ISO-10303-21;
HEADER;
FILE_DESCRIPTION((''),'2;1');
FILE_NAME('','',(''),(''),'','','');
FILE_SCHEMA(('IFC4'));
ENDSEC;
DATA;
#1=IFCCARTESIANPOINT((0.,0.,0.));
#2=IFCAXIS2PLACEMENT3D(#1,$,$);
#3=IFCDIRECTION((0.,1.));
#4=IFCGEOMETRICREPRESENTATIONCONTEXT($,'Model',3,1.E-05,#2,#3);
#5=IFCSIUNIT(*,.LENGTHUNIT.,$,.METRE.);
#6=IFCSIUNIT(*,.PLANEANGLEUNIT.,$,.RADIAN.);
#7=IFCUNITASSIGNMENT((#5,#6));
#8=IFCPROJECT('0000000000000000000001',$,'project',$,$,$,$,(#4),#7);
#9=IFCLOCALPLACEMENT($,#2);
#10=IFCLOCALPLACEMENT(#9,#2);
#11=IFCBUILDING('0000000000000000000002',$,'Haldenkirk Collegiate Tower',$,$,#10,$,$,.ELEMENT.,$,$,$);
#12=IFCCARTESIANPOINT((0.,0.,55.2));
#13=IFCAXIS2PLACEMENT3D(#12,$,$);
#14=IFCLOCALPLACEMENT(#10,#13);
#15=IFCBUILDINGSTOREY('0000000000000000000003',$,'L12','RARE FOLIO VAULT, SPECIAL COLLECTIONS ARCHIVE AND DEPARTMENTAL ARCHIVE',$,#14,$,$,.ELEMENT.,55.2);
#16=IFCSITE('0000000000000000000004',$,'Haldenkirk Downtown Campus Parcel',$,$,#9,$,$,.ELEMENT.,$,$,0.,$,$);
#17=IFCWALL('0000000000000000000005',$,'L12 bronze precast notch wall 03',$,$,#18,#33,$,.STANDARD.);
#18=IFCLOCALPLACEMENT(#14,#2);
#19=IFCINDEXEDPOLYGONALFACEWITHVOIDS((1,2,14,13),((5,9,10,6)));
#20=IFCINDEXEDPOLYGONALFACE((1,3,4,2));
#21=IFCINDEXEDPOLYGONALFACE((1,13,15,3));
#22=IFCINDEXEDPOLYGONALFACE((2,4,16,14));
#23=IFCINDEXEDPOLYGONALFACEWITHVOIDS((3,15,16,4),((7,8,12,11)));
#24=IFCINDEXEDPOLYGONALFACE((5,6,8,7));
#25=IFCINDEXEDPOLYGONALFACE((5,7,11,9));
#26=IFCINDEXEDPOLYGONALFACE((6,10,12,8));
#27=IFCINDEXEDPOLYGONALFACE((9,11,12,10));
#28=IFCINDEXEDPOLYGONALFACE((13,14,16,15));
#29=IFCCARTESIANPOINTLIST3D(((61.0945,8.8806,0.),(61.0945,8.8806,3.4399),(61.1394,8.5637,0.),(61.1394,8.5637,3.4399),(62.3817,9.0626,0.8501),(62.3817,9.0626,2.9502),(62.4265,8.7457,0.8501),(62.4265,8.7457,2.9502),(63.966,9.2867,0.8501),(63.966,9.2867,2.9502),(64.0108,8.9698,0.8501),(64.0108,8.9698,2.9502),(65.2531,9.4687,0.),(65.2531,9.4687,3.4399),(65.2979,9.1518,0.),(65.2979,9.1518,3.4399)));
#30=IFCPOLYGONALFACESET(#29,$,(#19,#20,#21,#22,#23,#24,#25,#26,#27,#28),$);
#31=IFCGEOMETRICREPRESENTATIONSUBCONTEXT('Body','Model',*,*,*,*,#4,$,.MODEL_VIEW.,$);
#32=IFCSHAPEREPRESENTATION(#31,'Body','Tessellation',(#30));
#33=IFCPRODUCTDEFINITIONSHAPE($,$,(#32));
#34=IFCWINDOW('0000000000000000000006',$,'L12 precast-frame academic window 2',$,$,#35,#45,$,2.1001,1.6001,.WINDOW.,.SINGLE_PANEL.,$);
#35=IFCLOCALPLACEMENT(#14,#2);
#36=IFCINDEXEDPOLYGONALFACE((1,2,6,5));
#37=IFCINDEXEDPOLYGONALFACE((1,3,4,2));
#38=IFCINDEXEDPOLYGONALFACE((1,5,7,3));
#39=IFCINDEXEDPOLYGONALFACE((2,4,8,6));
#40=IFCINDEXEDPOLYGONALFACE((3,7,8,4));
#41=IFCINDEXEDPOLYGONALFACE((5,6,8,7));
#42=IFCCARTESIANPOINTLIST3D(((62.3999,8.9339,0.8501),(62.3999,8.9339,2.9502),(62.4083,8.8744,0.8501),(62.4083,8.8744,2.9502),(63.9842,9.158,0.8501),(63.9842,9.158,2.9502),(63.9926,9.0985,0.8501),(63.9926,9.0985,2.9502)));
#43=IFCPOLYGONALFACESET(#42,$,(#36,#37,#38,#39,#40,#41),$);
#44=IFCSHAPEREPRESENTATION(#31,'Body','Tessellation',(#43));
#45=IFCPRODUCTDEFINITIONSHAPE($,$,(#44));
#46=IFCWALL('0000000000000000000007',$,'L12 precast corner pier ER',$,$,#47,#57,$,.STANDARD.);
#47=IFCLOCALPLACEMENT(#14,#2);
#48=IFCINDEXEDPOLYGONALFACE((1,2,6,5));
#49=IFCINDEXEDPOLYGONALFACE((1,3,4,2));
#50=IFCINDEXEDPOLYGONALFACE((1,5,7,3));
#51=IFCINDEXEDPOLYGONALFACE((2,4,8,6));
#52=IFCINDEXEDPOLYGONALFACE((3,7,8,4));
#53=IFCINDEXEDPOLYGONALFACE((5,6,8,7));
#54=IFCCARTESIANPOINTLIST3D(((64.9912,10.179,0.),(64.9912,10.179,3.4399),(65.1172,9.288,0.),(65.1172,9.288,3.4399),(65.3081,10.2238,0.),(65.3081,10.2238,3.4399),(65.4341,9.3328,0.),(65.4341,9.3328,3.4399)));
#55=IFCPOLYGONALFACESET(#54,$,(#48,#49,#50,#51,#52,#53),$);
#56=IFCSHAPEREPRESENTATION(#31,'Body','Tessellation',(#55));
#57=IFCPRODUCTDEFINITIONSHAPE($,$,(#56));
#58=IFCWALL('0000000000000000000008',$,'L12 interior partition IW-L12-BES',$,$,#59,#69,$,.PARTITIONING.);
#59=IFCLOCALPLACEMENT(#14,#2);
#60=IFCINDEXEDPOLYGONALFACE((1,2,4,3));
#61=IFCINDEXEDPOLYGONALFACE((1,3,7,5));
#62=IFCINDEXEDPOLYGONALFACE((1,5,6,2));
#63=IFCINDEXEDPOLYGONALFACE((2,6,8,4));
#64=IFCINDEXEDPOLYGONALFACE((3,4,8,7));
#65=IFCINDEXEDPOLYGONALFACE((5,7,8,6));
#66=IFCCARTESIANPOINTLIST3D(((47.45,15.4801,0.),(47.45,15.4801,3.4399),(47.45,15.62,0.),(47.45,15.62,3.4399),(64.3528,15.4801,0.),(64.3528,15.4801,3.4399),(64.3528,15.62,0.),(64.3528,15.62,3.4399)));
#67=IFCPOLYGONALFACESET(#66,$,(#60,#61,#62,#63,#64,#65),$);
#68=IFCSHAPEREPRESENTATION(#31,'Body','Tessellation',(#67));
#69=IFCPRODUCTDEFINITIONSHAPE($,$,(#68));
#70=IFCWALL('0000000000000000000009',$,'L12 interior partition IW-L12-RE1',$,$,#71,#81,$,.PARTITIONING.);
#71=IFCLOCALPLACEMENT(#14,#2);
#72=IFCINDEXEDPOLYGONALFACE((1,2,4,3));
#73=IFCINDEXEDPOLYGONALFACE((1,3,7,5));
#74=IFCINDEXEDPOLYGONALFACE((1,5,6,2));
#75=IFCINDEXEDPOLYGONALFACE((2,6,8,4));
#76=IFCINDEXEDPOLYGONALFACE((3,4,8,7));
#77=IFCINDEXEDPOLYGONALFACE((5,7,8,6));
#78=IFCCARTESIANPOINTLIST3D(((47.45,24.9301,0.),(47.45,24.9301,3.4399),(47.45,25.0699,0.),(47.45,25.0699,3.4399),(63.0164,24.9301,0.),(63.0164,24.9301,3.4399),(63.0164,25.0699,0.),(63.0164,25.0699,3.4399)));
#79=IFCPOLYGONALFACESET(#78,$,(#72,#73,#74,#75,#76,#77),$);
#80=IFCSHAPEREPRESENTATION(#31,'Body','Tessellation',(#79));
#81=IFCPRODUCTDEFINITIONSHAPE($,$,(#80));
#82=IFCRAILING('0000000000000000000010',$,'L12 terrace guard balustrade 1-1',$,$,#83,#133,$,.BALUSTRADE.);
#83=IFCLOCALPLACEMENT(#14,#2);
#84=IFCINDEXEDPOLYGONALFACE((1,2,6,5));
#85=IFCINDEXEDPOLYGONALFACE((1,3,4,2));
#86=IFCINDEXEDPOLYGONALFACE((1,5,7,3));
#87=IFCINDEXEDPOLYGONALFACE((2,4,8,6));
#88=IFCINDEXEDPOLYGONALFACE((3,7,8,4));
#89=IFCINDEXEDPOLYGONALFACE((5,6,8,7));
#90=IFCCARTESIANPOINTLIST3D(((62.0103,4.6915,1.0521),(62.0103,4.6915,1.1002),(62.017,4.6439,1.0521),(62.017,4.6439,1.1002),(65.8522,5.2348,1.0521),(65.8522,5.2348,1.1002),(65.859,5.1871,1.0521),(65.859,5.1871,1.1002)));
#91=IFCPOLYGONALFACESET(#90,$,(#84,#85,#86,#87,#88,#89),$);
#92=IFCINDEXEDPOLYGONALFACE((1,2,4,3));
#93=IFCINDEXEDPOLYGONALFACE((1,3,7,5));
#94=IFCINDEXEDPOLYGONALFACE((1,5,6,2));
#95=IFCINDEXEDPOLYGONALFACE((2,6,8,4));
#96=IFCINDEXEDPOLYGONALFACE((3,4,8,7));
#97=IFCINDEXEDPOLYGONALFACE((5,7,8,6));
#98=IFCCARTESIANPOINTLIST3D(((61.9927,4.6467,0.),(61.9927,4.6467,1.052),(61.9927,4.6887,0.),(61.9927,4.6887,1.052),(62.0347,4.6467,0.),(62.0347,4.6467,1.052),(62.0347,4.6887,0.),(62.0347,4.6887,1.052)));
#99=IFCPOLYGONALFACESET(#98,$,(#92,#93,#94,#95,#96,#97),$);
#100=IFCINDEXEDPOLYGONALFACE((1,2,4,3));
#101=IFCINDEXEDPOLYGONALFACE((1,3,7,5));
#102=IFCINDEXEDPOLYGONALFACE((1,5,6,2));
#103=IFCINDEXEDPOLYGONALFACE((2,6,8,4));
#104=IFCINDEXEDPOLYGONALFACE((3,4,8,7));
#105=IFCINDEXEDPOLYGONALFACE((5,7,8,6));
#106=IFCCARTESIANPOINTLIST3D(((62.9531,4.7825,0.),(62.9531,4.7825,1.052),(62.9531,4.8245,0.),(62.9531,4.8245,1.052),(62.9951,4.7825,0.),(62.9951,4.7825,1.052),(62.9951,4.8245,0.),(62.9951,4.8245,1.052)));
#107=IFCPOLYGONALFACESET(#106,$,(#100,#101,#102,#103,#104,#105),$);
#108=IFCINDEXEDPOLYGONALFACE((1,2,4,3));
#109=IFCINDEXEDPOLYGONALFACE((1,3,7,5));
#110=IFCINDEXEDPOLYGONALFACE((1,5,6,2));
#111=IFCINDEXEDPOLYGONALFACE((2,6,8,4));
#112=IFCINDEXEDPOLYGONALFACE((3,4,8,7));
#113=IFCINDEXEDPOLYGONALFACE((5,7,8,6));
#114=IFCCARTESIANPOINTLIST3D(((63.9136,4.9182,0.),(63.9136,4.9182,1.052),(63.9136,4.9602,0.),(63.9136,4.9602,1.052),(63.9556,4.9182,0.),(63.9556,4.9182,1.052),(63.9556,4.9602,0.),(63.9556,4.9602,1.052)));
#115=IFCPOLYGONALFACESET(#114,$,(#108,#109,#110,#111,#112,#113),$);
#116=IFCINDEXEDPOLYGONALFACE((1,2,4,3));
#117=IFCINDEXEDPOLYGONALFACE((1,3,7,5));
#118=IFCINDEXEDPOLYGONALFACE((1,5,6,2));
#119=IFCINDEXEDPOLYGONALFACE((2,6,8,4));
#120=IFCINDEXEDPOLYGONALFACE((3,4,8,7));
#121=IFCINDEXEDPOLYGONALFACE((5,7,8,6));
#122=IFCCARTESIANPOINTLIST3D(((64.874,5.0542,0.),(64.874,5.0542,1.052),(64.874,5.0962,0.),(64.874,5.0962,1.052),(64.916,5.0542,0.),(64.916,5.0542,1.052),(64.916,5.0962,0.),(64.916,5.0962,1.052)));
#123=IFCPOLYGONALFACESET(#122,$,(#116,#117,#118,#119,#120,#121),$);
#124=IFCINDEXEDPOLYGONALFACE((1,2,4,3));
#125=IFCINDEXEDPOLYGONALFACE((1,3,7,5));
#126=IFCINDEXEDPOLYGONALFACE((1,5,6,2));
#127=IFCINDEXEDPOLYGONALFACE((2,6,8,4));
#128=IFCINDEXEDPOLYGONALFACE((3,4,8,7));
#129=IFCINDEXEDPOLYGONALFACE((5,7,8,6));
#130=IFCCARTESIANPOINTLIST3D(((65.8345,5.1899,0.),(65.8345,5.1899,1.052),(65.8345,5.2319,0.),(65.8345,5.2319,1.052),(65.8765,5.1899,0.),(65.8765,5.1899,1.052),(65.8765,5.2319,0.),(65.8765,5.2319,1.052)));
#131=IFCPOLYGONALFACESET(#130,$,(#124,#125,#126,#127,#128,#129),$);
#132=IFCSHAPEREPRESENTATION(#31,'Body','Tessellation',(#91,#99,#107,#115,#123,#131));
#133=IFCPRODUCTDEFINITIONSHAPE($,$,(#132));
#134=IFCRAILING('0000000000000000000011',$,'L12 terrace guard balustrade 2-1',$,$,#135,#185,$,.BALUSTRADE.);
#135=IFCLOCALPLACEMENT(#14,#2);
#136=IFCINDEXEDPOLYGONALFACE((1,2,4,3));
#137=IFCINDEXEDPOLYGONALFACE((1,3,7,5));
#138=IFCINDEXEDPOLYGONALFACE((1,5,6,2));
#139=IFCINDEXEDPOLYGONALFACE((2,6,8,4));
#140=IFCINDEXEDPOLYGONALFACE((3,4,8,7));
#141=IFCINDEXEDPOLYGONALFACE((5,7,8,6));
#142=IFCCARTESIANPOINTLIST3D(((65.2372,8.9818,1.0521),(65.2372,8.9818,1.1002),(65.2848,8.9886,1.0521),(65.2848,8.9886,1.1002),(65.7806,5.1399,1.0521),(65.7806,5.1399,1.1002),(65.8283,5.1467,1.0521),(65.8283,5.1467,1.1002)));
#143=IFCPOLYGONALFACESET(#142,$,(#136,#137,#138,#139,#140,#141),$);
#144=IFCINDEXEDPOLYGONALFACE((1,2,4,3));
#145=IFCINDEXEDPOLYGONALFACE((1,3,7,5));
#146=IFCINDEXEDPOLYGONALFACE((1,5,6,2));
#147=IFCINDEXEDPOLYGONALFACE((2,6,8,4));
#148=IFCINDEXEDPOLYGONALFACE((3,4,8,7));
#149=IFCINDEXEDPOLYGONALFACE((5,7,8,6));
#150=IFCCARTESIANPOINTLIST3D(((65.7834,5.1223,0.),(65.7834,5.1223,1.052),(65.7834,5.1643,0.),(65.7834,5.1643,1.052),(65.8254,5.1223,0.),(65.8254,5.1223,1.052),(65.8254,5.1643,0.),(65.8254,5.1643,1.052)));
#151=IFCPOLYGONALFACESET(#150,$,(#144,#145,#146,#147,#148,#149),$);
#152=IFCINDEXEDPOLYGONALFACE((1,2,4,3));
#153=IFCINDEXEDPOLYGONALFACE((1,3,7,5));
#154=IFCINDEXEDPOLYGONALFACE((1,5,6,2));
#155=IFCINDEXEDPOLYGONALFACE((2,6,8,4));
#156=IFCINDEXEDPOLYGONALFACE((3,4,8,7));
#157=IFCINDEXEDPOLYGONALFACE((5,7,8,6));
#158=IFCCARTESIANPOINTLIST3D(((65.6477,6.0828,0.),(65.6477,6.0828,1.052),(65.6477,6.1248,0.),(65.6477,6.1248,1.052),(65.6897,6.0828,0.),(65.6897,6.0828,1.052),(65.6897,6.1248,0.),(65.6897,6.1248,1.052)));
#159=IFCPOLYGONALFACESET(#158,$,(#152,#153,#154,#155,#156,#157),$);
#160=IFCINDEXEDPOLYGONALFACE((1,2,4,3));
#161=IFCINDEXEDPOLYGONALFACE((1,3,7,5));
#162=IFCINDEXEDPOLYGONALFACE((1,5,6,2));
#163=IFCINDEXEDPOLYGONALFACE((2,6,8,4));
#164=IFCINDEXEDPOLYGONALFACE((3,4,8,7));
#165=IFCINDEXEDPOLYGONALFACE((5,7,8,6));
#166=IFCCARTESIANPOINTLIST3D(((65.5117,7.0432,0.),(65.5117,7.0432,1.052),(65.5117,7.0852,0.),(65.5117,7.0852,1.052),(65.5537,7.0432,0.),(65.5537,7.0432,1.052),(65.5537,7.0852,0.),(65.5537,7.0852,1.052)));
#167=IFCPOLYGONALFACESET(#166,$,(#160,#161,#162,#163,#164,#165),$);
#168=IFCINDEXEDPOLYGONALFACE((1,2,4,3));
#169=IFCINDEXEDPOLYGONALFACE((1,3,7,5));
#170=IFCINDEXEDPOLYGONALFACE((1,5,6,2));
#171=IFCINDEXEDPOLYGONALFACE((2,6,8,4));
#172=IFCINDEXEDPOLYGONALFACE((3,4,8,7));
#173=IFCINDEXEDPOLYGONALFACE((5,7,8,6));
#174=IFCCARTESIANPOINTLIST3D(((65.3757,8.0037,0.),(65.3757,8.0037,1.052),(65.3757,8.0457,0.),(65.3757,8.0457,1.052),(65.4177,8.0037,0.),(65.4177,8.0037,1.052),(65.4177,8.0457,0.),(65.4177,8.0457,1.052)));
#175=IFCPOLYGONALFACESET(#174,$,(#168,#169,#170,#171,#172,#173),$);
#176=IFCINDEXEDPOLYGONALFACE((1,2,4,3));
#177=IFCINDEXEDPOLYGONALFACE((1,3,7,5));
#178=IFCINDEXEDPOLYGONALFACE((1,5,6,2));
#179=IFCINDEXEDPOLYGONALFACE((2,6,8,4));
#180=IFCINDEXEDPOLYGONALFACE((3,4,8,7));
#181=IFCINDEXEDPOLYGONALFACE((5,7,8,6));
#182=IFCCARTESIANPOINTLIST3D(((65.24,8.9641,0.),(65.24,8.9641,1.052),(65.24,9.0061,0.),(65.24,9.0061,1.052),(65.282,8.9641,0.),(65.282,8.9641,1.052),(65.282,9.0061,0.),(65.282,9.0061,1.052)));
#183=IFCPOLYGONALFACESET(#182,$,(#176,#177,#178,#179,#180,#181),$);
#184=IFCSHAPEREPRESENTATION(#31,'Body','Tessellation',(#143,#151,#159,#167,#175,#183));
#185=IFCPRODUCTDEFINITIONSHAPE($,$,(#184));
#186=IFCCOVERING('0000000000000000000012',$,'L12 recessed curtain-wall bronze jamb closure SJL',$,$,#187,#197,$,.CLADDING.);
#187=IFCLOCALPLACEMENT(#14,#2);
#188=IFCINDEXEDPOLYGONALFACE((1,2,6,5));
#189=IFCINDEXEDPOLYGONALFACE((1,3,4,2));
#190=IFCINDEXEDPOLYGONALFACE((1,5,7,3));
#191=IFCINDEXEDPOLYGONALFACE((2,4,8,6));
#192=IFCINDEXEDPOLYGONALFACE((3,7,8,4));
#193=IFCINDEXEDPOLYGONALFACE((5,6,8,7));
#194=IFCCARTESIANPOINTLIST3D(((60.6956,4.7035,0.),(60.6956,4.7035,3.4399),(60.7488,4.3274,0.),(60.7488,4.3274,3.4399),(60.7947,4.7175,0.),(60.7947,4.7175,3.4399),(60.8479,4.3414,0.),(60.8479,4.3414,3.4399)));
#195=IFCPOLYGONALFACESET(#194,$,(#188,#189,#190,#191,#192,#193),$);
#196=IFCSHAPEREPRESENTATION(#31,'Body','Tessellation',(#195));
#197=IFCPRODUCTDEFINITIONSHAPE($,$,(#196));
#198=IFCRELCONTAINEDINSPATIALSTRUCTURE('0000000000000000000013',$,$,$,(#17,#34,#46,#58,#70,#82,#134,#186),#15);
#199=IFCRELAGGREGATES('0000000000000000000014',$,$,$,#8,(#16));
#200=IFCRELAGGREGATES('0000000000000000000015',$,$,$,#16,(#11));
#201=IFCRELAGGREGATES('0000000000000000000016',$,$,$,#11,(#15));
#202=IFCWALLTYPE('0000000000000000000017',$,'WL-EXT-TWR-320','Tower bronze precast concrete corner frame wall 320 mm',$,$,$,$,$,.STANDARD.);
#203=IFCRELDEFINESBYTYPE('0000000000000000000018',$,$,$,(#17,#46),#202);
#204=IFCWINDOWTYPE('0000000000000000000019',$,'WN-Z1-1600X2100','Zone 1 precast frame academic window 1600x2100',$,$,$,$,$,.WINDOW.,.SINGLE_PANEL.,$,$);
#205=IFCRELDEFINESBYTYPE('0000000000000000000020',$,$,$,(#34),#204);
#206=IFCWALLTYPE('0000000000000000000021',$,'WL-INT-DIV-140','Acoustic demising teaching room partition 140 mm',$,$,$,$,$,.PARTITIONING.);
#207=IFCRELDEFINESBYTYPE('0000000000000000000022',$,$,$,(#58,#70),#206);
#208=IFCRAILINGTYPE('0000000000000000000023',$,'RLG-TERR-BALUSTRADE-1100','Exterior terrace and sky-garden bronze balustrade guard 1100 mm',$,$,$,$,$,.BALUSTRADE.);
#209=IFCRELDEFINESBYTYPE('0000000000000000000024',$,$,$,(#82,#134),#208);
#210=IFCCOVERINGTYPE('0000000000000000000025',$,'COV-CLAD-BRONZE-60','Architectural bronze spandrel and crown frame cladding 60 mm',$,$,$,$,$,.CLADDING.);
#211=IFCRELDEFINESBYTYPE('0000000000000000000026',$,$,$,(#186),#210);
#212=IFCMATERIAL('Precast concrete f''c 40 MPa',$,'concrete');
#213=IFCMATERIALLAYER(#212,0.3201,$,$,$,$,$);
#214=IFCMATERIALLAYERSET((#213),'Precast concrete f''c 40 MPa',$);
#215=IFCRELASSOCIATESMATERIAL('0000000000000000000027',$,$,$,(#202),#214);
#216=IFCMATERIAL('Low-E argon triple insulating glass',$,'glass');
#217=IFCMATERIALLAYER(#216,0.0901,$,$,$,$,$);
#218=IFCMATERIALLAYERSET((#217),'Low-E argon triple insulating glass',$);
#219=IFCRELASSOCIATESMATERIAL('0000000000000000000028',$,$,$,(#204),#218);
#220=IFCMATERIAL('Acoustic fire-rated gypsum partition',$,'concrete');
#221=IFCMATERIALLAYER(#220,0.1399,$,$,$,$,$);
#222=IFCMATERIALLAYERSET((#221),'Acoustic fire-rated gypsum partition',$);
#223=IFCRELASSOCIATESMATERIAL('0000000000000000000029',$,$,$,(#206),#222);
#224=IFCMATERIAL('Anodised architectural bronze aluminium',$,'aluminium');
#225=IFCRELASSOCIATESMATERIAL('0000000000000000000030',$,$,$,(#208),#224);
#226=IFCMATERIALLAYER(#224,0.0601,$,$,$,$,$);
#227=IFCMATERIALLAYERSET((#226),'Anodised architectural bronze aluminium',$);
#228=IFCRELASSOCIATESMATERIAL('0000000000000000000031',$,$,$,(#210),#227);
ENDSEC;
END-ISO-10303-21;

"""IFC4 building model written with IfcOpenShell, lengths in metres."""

from ifc_helpers import new_model, si_unit, direction, frame, frame_2d, origin, origin_2d, place, context, subcontext, project, spatial, rectangle, extrude, source, transform, mapped, material, layer, layer_set, type_object, element, fill, save


model = new_model("IFC4")

# Units and contexts
model_context = context("Model", 3, precision=1e-05, world=origin(), true_north=direction((0.0, 1.0)))
body_context = subcontext(model_context, "Body", "Model", "MODEL_VIEW")
ifc_project = project(units=[si_unit("LENGTHUNIT", "METRE"), si_unit("PLANEANGLEUNIT", "RADIAN")], contexts=[model_context])

# Site, building, storey
site_placement = place(None, origin())
site = spatial("IfcSite", under=ifc_project, at=site_placement, Name="Haldenkirk Downtown Campus Parcel", CompositionType="ELEMENT", RefElevation=0.0)
building_placement = place(site_placement, origin())
building = spatial("IfcBuilding", under=site, at=building_placement, Name="Haldenkirk Collegiate Tower", CompositionType="ELEMENT")
storey_placement = place(building_placement, frame((0.0, 0.0, 55.2)))
storey = spatial("IfcBuildingStorey", under=building, at=storey_placement, Name="L12", Description="RARE FOLIO VAULT, SPECIAL COLLECTIONS ARCHIVE AND DEPARTMENTAL ARCHIVE", CompositionType="ELEMENT", Elevation=55.2)

# Shared definitions
ifc_material_1 = material(Name="Anodised architectural bronze aluminium", Category="aluminium")

# Shared definitions
ifc_material_2 = material(Name="Low-E argon triple insulating glass", Category="glass")

# Shared definitions
ifc_material_3 = material(Name="Precast concrete f'c 40 MPa", Category="concrete")
ifc_layer_1 = layer(ifc_material_3, 0.3201)
ifc_layer_set_1 = layer_set([ifc_layer_1], Name="Precast concrete f'c 40 MPa")
wall_type_1 = type_object("IfcWallType", Name="WL-EXT-TWR-320", Description="Tower bronze precast concrete corner frame wall 320 mm", PredefinedType="STANDARD", material=ifc_layer_set_1)

# Wall, opening, window
wall_1_placement = place(storey_placement, frame((65.2756, 9.3103, 0.0), z_axis=(0.0, 0.0, 1.0), x_axis=(-0.990146, -0.140038, 0.0)))
wall_1 = element("IfcWall", 1, at=wall_1_placement, inside=storey, type_object=wall_type_1, Name="L12 bronze precast notch wall 03", PredefinedType="STANDARD", context=body_context, shape_type="SweptSolid", body=[
    extrude(rectangle(XDim=4.2, YDim=0.3201, at=frame_2d((2.1001, 0.0))), origin(), (0.0, 0.0, 1.0), 3.4399),
])
opening_1_placement = place(wall_1_placement, frame((1.3, 0.0, 0.8501)))
opening_1 = element("IfcOpeningElement", 2, at=opening_1_placement, cuts=wall_1, PredefinedType="OPENING", context=body_context, shape_type="SweptSolid", body=[
    extrude(rectangle(XDim=1.6001, YDim=2.1001, at=frame_2d((0.8, 1.05))), frame((0.0, 0.1699, 0.0), z_axis=(0.0, -1.0, 0.0), x_axis=(1.0, 0.0, 0.0)), (0.0, 0.0, 1.0), 0.3401),
])
ifc_layer_2 = layer(ifc_material_2, 0.0901)
ifc_layer_set_2 = layer_set([ifc_layer_2], Name="Low-E argon triple insulating glass")
window_type = type_object("IfcWindowType", Name="WN-Z1-1600X2100", Description="Zone 1 precast frame academic window 1600x2100", PartitioningType="SINGLE_PANEL", PredefinedType="WINDOW", material=ifc_layer_set_2)
window_placement = place(opening_1_placement, origin())
window = element("IfcWindow", 3, at=window_placement, inside=storey, type_object=window_type, Name="L12 precast-frame academic window 2", OverallHeight=2.1001, OverallWidth=1.6001, PartitioningType="SINGLE_PANEL", PredefinedType="WINDOW", context=body_context, shape_type="SweptSolid", body=[
    extrude(rectangle(XDim=1.6001, YDim=2.1001, at=frame_2d((0.8, 1.05))), frame((0.0, 0.03, 0.0), z_axis=(0.0, -1.0, 0.0), x_axis=(1.0, 0.0, 0.0)), (0.0, 0.0, 1.0), 0.0601),
])
fill(opening_1, window)

# Walls
wall_2_placement = place(storey_placement, frame((65.1497, 10.2014, 0.0), z_axis=(0.0, 0.0, 1.0), x_axis=(0.139978, -0.990155, 0.0)))
element("IfcWall", 4, at=wall_2_placement, inside=storey, type_object=wall_type_1, Name="L12 precast corner pier ER", PredefinedType="STANDARD", context=body_context, shape_type="SweptSolid", body=[
    extrude(rectangle(XDim=0.8999, YDim=0.3201, at=frame_2d((0.45, 0.0))), origin(), (0.0, 0.0, 1.0), 3.4399),
])
ifc_material_4 = material(Name="Acoustic fire-rated gypsum partition", Category="concrete")
ifc_layer_3 = layer(ifc_material_4, 0.1399)
ifc_layer_set_3 = layer_set([ifc_layer_3], Name="Acoustic fire-rated gypsum partition")
wall_type_2 = type_object("IfcWallType", Name="WL-INT-DIV-140", Description="Acoustic demising teaching room partition 140 mm", PredefinedType="PARTITIONING", material=ifc_layer_set_3)
wall_3_placement = place(storey_placement, frame((47.45, 15.55, 0.0), z_axis=(0.0, 0.0, 1.0), x_axis=(1.0, 0.0, 0.0)))
element("IfcWall", 5, at=wall_3_placement, inside=storey, type_object=wall_type_2, Name="L12 interior partition IW-L12-BES", PredefinedType="PARTITIONING", context=body_context, shape_type="SweptSolid", body=[
    extrude(rectangle(XDim=16.9028, YDim=0.1399, at=frame_2d((8.4514, 0.0))), origin(), (0.0, 0.0, 1.0), 3.4399),
])
wall_4_placement = place(storey_placement, frame((47.45, 25.0, 0.0), z_axis=(0.0, 0.0, 1.0), x_axis=(1.0, 0.0, 0.0)))
element("IfcWall", 6, at=wall_4_placement, inside=storey, type_object=wall_type_2, Name="L12 interior partition IW-L12-RE1", PredefinedType="PARTITIONING", context=body_context, shape_type="SweptSolid", body=[
    extrude(rectangle(XDim=15.5664, YDim=0.1399, at=frame_2d((7.7832, 0.0))), origin(), (0.0, 0.0, 1.0), 3.4399),
])

# Railings
railing_type = type_object("IfcRailingType", Name="RLG-TERR-BALUSTRADE-1100", Description="Exterior terrace and sky-garden bronze balustrade guard 1100 mm", PredefinedType="BALUSTRADE", material=ifc_material_1)
railing_1_placement = place(storey_placement, frame((62.0137, 4.6677, 0.0)))
element("IfcRailing", 7, at=railing_1_placement, inside=storey, type_object=railing_type, Name="L12 terrace guard balustrade 1-1", PredefinedType="BALUSTRADE", context=body_context, shape_type="SweptSolid", body=[
    extrude(rectangle(XDim=0.0481, YDim=0.0481, at=origin_2d()), frame((0.0, 0.0, 1.0762), z_axis=(0.990151, 0.140003, 0.0), x_axis=(-0.140003, 0.990151, 0.0)), (0.0, 0.0, 1.0), 3.8801),
    extrude(rectangle(XDim=0.042, YDim=0.042, at=origin_2d()), origin(), (0.0, 0.0, 1.0), 1.052),
    extrude(rectangle(XDim=0.042, YDim=0.042, at=origin_2d()), frame((0.9604, 0.1357, 0.0)), (0.0, 0.0, 1.0), 1.052),
    extrude(rectangle(XDim=0.042, YDim=0.042, at=origin_2d()), frame((1.9209, 0.2715, 0.0)), (0.0, 0.0, 1.0), 1.052),
    extrude(rectangle(XDim=0.042, YDim=0.042, at=origin_2d()), frame((2.8813, 0.4075, 0.0)), (0.0, 0.0, 1.0), 1.052),
    extrude(rectangle(XDim=0.042, YDim=0.042, at=origin_2d()), frame((3.8418, 0.5432, 0.0)), (0.0, 0.0, 1.0), 1.052),
])
railing_2_placement = place(storey_placement, frame((65.8044, 5.1433, 0.0)))
element("IfcRailing", 8, at=railing_2_placement, inside=storey, type_object=railing_type, Name="L12 terrace guard balustrade 2-1", PredefinedType="BALUSTRADE", context=body_context, shape_type="SweptSolid", body=[
    extrude(rectangle(XDim=0.0481, YDim=0.0481, at=origin_2d()), frame((0.0, 0.0, 1.0762), z_axis=(-0.140065, 0.990142, 0.0), x_axis=(-0.990142, -0.140065, 0.0)), (0.0, 0.0, 1.0), 3.8801),
    extrude(rectangle(XDim=0.042, YDim=0.042, at=origin_2d()), origin(), (0.0, 0.0, 1.0), 1.052),
    extrude(rectangle(XDim=0.042, YDim=0.042, at=origin_2d()), frame((-0.1357, 0.9604, 0.0)), (0.0, 0.0, 1.0), 1.052),
    extrude(rectangle(XDim=0.042, YDim=0.042, at=origin_2d()), frame((-0.2717, 1.9209, 0.0)), (0.0, 0.0, 1.0), 1.052),
    extrude(rectangle(XDim=0.042, YDim=0.042, at=origin_2d()), frame((-0.4077, 2.8813, 0.0)), (0.0, 0.0, 1.0), 1.052),
    extrude(rectangle(XDim=0.042, YDim=0.042, at=origin_2d()), frame((-0.5435, 3.8418, 0.0)), (0.0, 0.0, 1.0), 1.052),
])

# Covering
ifc_layer_4 = layer(ifc_material_1, 0.0601)
ifc_layer_set_4 = layer_set([ifc_layer_4], Name="Anodised architectural bronze aluminium")
covering_type = type_object("IfcCoveringType", Name="COV-CLAD-BRONZE-60", Description="Architectural bronze spandrel and crown frame cladding 60 mm", PredefinedType="CLADDING", material=ifc_layer_set_4)
shared_shape_1 = source(origin(), body_context, "Body", "SweptSolid", [
    extrude(rectangle(XDim=0.1001, YDim=0.3799, at=origin_2d()), origin(), (0.0, 0.0, 1.0), 3.4399),
])
for number, where, z_axis, x_axis, name in (
    (9, (60.7717, 4.5225, 0.0), (0.0, 0.0, 1.0), (-0.990146, -0.140037, 0.0), "L12 recessed curtain-wall bronze jamb closure SJL"),
):
    element("IfcCovering", number, at=place(storey_placement, frame(where, z_axis=z_axis, x_axis=x_axis)), inside=storey, type_object=covering_type, Name=name, PredefinedType="CLADDING", context=body_context, shape_type="MappedRepresentation", body=[
        mapped(shared_shape_1, transform((0.0, 0.0, 0.0), x_axis=(1.0, 0.0, 0.0), y_axis=(0.0, 1.0, 0.0), z_axis=(0.0, 0.0, 1.0), scale=1.0)),
    ])

save(model, "model.ifc")
